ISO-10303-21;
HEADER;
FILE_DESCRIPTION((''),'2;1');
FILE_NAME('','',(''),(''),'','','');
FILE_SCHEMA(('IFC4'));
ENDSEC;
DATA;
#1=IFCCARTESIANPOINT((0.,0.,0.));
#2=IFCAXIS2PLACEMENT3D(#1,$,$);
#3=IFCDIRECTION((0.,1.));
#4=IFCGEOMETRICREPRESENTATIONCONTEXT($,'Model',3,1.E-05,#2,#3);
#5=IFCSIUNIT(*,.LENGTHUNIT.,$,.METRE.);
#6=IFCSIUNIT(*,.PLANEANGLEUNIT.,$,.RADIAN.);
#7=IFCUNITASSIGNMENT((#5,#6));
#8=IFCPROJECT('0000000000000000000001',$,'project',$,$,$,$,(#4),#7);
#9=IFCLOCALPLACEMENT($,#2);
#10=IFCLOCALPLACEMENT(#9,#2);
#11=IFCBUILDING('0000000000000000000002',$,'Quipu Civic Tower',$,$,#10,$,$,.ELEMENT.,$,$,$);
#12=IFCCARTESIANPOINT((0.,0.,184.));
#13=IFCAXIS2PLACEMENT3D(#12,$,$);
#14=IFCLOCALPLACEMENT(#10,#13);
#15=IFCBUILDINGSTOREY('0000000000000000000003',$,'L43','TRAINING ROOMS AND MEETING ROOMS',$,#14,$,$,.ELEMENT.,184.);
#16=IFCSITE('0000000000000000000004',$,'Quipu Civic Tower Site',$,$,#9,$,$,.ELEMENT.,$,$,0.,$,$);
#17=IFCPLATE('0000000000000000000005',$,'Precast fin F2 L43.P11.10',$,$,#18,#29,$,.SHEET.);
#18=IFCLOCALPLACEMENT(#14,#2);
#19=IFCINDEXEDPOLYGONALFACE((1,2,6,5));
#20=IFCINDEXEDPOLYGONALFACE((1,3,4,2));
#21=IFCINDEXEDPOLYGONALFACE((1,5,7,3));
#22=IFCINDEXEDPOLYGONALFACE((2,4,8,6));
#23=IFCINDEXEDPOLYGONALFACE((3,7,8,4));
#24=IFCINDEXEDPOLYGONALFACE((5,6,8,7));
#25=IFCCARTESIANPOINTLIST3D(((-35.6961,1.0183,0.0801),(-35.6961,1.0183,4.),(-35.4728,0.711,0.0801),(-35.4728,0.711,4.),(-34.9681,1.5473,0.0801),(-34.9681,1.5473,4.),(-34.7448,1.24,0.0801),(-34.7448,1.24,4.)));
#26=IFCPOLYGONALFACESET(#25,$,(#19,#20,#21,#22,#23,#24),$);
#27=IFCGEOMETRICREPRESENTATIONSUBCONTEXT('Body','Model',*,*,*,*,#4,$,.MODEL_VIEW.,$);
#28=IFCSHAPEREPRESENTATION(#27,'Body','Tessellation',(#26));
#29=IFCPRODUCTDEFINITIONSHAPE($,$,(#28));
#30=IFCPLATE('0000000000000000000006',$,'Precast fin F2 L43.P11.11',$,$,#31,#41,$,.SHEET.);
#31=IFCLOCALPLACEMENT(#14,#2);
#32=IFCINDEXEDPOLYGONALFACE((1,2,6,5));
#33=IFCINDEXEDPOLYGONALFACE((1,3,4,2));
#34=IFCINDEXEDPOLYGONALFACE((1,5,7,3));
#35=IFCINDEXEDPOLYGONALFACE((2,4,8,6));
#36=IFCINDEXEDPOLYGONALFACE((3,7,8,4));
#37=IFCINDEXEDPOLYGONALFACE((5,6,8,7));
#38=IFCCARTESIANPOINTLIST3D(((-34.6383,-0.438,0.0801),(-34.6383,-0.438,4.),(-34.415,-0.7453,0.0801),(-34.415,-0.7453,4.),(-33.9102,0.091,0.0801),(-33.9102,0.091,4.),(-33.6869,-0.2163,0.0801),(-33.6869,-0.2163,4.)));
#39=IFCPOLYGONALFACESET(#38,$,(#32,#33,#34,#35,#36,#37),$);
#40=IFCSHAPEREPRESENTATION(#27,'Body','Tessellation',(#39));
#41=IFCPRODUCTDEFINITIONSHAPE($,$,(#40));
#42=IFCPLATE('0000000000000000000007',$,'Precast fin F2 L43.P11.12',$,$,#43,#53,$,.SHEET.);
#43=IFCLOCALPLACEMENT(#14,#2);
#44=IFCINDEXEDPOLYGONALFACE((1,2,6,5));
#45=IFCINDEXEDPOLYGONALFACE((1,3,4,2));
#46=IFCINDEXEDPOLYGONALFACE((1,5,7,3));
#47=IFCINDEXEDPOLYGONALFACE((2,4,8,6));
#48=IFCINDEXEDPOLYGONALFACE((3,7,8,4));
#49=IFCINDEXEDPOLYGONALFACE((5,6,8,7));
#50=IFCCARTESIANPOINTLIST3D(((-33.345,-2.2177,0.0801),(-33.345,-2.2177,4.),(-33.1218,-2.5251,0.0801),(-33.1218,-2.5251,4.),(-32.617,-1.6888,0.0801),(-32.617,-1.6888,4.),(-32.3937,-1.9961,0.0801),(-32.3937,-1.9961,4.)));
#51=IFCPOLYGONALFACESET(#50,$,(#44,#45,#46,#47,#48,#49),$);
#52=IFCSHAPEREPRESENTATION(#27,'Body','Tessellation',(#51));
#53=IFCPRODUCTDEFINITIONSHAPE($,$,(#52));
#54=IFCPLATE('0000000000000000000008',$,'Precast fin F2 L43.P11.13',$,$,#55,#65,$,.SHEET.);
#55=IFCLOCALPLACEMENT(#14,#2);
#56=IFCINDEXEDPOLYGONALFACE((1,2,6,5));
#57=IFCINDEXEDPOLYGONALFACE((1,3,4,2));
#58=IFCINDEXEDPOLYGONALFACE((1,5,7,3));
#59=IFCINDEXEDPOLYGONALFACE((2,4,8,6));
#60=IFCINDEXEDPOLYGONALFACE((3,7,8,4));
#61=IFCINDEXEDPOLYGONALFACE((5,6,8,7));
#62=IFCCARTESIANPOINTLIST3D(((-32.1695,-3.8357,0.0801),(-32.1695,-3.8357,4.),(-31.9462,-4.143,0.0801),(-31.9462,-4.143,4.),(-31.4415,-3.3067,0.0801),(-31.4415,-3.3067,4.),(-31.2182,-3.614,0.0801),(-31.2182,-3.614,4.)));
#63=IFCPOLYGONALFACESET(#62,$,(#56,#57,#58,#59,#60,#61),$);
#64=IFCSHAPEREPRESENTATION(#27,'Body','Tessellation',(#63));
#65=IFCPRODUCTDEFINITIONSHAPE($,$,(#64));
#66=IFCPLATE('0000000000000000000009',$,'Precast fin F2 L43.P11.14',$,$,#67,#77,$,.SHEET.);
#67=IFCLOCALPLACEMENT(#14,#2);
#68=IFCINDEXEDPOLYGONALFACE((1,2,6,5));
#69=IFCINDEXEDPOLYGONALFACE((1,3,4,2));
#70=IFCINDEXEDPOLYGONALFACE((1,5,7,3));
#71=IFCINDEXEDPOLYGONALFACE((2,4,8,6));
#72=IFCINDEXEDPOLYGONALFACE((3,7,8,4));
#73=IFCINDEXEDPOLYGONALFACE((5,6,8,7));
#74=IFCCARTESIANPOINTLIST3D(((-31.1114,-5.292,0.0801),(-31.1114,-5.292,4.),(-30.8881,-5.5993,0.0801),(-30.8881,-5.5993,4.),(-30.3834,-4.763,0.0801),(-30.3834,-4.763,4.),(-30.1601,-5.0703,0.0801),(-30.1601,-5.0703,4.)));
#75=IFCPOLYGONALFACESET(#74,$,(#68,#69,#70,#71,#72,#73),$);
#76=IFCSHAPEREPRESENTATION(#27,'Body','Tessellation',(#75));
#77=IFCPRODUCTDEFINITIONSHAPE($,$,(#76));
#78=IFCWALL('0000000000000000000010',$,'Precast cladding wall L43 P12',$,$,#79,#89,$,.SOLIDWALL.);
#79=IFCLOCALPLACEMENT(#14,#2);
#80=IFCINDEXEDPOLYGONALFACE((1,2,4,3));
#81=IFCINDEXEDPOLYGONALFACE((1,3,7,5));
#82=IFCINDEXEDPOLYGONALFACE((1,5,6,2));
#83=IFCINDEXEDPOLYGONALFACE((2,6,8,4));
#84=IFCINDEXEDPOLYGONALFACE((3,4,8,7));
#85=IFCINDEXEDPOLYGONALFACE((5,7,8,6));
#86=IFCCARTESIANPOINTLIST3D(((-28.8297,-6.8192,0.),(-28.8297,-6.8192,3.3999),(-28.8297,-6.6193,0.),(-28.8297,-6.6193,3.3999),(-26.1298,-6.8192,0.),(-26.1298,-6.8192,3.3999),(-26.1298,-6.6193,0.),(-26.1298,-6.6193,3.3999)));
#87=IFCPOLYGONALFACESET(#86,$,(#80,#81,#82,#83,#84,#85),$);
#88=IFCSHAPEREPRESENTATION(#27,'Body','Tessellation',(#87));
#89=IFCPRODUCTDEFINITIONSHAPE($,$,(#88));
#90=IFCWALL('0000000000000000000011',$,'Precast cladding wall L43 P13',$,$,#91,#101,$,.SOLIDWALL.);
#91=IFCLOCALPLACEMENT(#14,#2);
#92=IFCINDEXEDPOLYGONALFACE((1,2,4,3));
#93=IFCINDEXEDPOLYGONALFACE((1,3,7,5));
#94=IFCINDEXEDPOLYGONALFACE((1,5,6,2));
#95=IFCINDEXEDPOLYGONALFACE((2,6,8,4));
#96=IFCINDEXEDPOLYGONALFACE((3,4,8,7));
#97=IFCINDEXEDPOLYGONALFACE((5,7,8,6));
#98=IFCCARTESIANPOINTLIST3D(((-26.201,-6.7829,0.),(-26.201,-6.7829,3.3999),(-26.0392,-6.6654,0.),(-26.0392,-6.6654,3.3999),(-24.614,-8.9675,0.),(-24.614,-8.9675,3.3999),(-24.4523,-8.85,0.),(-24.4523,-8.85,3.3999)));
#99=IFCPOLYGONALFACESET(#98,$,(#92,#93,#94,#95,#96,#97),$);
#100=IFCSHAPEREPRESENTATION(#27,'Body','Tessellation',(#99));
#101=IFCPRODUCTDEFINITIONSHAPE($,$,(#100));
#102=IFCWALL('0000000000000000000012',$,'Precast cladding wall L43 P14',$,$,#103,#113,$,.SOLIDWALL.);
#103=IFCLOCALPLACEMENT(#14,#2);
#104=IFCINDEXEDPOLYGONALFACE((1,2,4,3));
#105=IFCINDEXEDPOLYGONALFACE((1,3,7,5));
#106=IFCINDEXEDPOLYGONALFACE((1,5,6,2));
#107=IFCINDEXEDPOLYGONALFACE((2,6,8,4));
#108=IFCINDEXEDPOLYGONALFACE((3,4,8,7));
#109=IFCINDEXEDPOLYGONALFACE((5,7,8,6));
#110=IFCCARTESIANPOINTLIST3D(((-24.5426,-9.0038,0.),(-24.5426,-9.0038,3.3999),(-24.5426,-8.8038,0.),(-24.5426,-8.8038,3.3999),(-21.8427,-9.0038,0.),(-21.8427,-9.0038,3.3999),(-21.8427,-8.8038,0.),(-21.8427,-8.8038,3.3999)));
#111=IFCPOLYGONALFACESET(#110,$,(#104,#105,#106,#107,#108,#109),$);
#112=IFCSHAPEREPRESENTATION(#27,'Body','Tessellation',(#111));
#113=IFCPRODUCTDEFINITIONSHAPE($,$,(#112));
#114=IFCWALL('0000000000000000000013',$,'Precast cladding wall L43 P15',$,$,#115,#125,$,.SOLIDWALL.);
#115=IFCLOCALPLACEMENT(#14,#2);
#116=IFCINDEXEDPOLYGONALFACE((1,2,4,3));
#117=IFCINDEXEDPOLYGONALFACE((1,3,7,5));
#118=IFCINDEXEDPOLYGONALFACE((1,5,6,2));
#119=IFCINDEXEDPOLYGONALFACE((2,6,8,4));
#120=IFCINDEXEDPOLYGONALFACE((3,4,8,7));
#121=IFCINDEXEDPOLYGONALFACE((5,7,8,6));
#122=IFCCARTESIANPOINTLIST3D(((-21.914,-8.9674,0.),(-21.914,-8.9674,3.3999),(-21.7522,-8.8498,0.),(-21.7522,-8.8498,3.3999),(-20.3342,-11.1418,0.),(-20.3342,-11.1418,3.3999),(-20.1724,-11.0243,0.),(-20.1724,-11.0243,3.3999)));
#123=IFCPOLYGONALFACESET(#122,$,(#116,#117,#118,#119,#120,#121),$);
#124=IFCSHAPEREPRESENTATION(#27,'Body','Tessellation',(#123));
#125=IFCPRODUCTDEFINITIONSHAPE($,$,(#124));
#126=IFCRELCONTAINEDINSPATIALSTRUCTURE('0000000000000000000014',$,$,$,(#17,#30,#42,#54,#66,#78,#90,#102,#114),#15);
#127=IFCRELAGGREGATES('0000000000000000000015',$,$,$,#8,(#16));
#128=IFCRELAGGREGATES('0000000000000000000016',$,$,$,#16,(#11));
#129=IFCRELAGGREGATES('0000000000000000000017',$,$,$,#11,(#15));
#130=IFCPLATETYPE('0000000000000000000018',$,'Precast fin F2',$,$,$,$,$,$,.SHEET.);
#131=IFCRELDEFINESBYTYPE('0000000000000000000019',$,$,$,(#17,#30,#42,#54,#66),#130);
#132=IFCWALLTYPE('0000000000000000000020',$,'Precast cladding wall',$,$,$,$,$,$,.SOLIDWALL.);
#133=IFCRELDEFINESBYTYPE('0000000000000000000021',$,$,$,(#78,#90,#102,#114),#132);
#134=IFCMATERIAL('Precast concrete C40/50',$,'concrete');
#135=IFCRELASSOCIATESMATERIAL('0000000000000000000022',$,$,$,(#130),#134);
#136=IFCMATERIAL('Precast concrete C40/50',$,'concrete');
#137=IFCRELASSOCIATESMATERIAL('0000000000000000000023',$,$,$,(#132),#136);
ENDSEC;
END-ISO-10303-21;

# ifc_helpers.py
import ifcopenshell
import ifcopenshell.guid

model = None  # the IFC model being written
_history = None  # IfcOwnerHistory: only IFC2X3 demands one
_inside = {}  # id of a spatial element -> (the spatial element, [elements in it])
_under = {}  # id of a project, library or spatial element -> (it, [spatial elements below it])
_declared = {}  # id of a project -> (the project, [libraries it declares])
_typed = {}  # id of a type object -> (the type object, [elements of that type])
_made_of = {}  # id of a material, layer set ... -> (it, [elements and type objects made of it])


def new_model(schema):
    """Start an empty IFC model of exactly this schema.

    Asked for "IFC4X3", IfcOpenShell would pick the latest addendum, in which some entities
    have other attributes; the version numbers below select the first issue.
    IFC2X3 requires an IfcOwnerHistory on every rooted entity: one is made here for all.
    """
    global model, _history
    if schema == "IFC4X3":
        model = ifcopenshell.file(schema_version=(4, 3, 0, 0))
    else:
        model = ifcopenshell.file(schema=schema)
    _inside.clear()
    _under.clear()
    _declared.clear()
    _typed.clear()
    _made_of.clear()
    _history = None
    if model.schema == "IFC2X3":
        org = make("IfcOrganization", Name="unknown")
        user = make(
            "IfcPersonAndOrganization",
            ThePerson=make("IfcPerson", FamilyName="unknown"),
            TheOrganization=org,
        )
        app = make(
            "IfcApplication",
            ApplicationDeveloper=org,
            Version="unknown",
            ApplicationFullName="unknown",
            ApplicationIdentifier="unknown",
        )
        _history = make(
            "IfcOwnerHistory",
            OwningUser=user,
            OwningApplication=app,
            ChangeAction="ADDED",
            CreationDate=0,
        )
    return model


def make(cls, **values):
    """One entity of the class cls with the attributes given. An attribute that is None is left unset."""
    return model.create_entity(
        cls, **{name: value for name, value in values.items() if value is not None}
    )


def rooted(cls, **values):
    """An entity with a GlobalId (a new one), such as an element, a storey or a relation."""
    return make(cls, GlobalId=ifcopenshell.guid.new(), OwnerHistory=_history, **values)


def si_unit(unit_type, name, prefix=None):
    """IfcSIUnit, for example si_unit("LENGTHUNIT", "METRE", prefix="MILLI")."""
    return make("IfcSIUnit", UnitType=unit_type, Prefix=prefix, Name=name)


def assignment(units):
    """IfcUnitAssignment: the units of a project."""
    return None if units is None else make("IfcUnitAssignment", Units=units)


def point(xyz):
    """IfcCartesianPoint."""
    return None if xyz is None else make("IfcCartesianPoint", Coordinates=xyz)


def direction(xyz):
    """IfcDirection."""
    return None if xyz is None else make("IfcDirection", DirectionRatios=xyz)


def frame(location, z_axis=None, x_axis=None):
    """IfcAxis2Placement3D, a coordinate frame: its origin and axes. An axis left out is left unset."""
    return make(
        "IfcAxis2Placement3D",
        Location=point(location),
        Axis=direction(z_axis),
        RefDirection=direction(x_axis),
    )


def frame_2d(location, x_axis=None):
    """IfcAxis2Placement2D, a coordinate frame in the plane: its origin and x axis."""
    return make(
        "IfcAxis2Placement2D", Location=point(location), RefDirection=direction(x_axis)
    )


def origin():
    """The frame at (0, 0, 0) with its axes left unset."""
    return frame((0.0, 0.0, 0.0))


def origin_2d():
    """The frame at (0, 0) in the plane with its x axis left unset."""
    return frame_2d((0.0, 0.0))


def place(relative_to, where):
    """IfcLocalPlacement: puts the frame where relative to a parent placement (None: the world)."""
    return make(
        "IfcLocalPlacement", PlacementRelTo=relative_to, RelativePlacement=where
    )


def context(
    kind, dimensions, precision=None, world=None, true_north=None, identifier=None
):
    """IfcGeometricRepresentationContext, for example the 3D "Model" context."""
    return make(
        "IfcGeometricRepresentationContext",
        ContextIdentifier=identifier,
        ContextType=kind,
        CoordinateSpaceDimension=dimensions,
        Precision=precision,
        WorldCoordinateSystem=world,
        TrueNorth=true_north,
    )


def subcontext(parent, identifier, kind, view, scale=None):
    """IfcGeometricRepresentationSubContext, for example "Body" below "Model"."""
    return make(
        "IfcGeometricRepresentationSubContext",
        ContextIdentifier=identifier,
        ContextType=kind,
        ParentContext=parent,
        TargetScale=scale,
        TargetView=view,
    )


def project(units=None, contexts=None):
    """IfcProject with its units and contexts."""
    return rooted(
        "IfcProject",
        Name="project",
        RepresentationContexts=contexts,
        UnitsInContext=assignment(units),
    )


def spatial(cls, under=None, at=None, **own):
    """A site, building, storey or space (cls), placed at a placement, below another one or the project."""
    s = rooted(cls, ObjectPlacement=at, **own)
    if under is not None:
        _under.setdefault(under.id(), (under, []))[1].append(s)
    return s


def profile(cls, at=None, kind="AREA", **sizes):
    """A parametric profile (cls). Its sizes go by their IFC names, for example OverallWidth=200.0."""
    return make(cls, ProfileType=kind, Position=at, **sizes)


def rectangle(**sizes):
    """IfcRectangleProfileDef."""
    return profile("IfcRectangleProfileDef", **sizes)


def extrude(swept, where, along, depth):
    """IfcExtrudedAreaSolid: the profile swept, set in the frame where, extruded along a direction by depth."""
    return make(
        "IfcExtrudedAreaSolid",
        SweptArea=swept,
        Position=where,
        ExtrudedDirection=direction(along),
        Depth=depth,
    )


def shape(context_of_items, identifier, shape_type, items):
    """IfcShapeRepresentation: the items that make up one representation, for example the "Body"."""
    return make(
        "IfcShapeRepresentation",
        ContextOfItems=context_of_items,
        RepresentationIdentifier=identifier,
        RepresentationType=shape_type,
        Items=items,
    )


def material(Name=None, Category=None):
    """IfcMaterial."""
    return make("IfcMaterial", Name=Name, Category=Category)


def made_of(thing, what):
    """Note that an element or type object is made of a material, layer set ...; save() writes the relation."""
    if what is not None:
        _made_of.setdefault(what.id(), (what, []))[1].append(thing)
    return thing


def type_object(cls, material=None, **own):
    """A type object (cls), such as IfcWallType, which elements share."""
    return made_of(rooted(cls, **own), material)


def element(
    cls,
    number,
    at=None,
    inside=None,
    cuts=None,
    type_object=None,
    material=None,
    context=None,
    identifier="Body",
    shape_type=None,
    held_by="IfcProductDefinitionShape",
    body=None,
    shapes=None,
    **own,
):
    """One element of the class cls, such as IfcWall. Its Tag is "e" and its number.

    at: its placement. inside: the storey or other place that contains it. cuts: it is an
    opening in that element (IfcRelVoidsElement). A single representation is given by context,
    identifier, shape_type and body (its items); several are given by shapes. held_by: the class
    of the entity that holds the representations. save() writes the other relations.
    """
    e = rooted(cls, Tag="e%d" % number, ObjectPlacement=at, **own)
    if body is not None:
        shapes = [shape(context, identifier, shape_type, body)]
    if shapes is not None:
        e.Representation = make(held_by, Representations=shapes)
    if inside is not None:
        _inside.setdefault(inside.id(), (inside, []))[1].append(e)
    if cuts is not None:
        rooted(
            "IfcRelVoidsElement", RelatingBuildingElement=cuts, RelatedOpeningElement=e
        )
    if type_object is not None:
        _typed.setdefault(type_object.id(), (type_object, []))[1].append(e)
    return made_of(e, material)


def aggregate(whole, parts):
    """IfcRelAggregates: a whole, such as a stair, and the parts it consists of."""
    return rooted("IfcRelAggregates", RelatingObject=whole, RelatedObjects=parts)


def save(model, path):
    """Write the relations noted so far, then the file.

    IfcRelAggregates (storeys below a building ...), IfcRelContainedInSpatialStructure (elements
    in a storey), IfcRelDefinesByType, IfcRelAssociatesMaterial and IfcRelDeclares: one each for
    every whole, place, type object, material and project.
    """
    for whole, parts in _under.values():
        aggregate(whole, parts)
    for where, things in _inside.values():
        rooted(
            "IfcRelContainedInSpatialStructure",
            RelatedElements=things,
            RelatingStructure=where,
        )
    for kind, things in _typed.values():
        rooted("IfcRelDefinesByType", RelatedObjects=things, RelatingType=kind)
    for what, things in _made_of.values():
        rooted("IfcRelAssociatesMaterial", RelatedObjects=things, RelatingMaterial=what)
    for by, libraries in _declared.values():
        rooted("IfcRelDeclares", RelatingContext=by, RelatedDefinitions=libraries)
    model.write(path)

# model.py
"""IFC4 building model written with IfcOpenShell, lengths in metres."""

from ifc_helpers import new_model, si_unit, direction, frame, frame_2d, origin, origin_2d, place, context, subcontext, project, spatial, rectangle, extrude, material, type_object, element, save


model = new_model("IFC4")

# Units and contexts
model_context = context("Model", 3, precision=1e-05, world=origin(), true_north=direction((0.0, 1.0)))
body_context = subcontext(model_context, "Body", "Model", "MODEL_VIEW")
ifc_project = project(units=[si_unit("LENGTHUNIT", "METRE"), si_unit("PLANEANGLEUNIT", "RADIAN")], contexts=[model_context])

# Site, building, storey
site_placement = place(None, origin())
site = spatial("IfcSite", under=ifc_project, at=site_placement, Name="Quipu Civic Tower Site", CompositionType="ELEMENT", RefElevation=0.0)
building_placement = place(site_placement, origin())
building = spatial("IfcBuilding", under=site, at=building_placement, Name="Quipu Civic Tower", CompositionType="ELEMENT")
storey_placement = place(building_placement, frame((0.0, 0.0, 184.0)))
storey = spatial("IfcBuildingStorey", under=building, at=storey_placement, Name="L43", Description="TRAINING ROOMS AND MEETING ROOMS", CompositionType="ELEMENT", Elevation=184.0)

# Plates
ifc_material_1 = material(Name="Precast concrete C40/50", Category="concrete")
plate_type_1 = type_object("IfcPlateType", Name="Precast fin F2", PredefinedType="SHEET", material=ifc_material_1)
for number, where, z_axis, x_axis, name in (
    (1, (-35.2205, 1.1292, 0.0801), (0.0, 0.0, 1.0), (0.587786, -0.809017, 0.0), "Precast fin F2 L43.P11.10"),
    (2, (-34.1626, -0.3271, 0.0801), (0.0, 0.0, 1.0), (0.587786, -0.809017, 0.0), "Precast fin F2 L43.P11.11"),
    (3, (-32.8694, -2.1069, 0.0801), (0.0, 0.0, 1.0), (0.587786, -0.809017, 0.0), "Precast fin F2 L43.P11.12"),
    (4, (-31.6938, -3.7249, 0.0801), (0.0, 0.0, 1.0), (0.587786, -0.809017, 0.0), "Precast fin F2 L43.P11.13"),
    (5, (-30.6357, -5.1812, 0.0801), (0.0, 0.0, 1.0), (0.587786, -0.809017, 0.0), "Precast fin F2 L43.P11.14"),
):
    element("IfcPlate", number, at=place(storey_placement, frame(where, z_axis=z_axis, x_axis=x_axis)), inside=storey, type_object=plate_type_1, Name=name, PredefinedType="SHEET", context=body_context, shape_type="SweptSolid", body=[
        extrude(rectangle(XDim=0.3799, YDim=0.8999, at=origin_2d()), origin(), (0.0, 0.0, 1.0), 3.9199),
    ])

# Walls
ifc_material_2 = material(Name="Precast concrete C40/50", Category="concrete")
wall_type = type_object("IfcWallType", Name="Precast cladding wall", PredefinedType="SOLIDWALL", material=ifc_material_2)
wall_1_placement = place(storey_placement, frame((-28.8298, -6.7192, 0.0), z_axis=(0.0, 0.0, 1.0), x_axis=(1.0, 0.0, 0.0)))
element("IfcWall", 6, at=wall_1_placement, inside=storey, type_object=wall_type, Name="Precast cladding wall L43 P12", PredefinedType="SOLIDWALL", context=body_context, shape_type="SweptSolid", body=[
    extrude(rectangle(XDim=2.7, YDim=0.2, at=frame_2d((1.3501, 0.0))), origin(), (0.0, 0.0, 1.0), 3.3999),
])
wall_2_placement = place(storey_placement, frame((-26.1201, -6.7241, 0.0), z_axis=(0.0, 0.0, 1.0), x_axis=(0.58772, -0.809064, 0.0)))
element("IfcWall", 7, at=wall_2_placement, inside=storey, type_object=wall_type, Name="Precast cladding wall L43 P13", PredefinedType="SOLIDWALL", context=body_context, shape_type="SweptSolid", body=[
    extrude(rectangle(XDim=2.7002, YDim=0.2, at=frame_2d((1.3501, 0.0))), origin(), (0.0, 0.0, 1.0), 3.3999),
])
wall_3_placement = place(storey_placement, frame((-24.5427, -8.9038, 0.0), z_axis=(0.0, 0.0, 1.0), x_axis=(1.0, 0.0, 0.0)))
element("IfcWall", 8, at=wall_3_placement, inside=storey, type_object=wall_type, Name="Precast cladding wall L43 P14", PredefinedType="SOLIDWALL", context=body_context, shape_type="SweptSolid", body=[
    extrude(rectangle(XDim=2.7, YDim=0.2, at=frame_2d((1.3501, 0.0))), origin(), (0.0, 0.0, 1.0), 3.3999),
])
wall_4_placement = place(storey_placement, frame((-21.833, -8.9087, 0.0), z_axis=(0.0, 0.0, 1.0), x_axis=(0.587767, -0.809031, 0.0)))
element("IfcWall", 9, at=wall_4_placement, inside=storey, type_object=wall_type, Name="Precast cladding wall L43 P15", PredefinedType="SOLIDWALL", context=body_context, shape_type="SweptSolid", body=[
    extrude(rectangle(XDim=2.6877, YDim=0.2, at=frame_2d((1.3438, 0.0))), origin(), (0.0, 0.0, 1.0), 3.3999),
])

save(model, "model.ifc")
